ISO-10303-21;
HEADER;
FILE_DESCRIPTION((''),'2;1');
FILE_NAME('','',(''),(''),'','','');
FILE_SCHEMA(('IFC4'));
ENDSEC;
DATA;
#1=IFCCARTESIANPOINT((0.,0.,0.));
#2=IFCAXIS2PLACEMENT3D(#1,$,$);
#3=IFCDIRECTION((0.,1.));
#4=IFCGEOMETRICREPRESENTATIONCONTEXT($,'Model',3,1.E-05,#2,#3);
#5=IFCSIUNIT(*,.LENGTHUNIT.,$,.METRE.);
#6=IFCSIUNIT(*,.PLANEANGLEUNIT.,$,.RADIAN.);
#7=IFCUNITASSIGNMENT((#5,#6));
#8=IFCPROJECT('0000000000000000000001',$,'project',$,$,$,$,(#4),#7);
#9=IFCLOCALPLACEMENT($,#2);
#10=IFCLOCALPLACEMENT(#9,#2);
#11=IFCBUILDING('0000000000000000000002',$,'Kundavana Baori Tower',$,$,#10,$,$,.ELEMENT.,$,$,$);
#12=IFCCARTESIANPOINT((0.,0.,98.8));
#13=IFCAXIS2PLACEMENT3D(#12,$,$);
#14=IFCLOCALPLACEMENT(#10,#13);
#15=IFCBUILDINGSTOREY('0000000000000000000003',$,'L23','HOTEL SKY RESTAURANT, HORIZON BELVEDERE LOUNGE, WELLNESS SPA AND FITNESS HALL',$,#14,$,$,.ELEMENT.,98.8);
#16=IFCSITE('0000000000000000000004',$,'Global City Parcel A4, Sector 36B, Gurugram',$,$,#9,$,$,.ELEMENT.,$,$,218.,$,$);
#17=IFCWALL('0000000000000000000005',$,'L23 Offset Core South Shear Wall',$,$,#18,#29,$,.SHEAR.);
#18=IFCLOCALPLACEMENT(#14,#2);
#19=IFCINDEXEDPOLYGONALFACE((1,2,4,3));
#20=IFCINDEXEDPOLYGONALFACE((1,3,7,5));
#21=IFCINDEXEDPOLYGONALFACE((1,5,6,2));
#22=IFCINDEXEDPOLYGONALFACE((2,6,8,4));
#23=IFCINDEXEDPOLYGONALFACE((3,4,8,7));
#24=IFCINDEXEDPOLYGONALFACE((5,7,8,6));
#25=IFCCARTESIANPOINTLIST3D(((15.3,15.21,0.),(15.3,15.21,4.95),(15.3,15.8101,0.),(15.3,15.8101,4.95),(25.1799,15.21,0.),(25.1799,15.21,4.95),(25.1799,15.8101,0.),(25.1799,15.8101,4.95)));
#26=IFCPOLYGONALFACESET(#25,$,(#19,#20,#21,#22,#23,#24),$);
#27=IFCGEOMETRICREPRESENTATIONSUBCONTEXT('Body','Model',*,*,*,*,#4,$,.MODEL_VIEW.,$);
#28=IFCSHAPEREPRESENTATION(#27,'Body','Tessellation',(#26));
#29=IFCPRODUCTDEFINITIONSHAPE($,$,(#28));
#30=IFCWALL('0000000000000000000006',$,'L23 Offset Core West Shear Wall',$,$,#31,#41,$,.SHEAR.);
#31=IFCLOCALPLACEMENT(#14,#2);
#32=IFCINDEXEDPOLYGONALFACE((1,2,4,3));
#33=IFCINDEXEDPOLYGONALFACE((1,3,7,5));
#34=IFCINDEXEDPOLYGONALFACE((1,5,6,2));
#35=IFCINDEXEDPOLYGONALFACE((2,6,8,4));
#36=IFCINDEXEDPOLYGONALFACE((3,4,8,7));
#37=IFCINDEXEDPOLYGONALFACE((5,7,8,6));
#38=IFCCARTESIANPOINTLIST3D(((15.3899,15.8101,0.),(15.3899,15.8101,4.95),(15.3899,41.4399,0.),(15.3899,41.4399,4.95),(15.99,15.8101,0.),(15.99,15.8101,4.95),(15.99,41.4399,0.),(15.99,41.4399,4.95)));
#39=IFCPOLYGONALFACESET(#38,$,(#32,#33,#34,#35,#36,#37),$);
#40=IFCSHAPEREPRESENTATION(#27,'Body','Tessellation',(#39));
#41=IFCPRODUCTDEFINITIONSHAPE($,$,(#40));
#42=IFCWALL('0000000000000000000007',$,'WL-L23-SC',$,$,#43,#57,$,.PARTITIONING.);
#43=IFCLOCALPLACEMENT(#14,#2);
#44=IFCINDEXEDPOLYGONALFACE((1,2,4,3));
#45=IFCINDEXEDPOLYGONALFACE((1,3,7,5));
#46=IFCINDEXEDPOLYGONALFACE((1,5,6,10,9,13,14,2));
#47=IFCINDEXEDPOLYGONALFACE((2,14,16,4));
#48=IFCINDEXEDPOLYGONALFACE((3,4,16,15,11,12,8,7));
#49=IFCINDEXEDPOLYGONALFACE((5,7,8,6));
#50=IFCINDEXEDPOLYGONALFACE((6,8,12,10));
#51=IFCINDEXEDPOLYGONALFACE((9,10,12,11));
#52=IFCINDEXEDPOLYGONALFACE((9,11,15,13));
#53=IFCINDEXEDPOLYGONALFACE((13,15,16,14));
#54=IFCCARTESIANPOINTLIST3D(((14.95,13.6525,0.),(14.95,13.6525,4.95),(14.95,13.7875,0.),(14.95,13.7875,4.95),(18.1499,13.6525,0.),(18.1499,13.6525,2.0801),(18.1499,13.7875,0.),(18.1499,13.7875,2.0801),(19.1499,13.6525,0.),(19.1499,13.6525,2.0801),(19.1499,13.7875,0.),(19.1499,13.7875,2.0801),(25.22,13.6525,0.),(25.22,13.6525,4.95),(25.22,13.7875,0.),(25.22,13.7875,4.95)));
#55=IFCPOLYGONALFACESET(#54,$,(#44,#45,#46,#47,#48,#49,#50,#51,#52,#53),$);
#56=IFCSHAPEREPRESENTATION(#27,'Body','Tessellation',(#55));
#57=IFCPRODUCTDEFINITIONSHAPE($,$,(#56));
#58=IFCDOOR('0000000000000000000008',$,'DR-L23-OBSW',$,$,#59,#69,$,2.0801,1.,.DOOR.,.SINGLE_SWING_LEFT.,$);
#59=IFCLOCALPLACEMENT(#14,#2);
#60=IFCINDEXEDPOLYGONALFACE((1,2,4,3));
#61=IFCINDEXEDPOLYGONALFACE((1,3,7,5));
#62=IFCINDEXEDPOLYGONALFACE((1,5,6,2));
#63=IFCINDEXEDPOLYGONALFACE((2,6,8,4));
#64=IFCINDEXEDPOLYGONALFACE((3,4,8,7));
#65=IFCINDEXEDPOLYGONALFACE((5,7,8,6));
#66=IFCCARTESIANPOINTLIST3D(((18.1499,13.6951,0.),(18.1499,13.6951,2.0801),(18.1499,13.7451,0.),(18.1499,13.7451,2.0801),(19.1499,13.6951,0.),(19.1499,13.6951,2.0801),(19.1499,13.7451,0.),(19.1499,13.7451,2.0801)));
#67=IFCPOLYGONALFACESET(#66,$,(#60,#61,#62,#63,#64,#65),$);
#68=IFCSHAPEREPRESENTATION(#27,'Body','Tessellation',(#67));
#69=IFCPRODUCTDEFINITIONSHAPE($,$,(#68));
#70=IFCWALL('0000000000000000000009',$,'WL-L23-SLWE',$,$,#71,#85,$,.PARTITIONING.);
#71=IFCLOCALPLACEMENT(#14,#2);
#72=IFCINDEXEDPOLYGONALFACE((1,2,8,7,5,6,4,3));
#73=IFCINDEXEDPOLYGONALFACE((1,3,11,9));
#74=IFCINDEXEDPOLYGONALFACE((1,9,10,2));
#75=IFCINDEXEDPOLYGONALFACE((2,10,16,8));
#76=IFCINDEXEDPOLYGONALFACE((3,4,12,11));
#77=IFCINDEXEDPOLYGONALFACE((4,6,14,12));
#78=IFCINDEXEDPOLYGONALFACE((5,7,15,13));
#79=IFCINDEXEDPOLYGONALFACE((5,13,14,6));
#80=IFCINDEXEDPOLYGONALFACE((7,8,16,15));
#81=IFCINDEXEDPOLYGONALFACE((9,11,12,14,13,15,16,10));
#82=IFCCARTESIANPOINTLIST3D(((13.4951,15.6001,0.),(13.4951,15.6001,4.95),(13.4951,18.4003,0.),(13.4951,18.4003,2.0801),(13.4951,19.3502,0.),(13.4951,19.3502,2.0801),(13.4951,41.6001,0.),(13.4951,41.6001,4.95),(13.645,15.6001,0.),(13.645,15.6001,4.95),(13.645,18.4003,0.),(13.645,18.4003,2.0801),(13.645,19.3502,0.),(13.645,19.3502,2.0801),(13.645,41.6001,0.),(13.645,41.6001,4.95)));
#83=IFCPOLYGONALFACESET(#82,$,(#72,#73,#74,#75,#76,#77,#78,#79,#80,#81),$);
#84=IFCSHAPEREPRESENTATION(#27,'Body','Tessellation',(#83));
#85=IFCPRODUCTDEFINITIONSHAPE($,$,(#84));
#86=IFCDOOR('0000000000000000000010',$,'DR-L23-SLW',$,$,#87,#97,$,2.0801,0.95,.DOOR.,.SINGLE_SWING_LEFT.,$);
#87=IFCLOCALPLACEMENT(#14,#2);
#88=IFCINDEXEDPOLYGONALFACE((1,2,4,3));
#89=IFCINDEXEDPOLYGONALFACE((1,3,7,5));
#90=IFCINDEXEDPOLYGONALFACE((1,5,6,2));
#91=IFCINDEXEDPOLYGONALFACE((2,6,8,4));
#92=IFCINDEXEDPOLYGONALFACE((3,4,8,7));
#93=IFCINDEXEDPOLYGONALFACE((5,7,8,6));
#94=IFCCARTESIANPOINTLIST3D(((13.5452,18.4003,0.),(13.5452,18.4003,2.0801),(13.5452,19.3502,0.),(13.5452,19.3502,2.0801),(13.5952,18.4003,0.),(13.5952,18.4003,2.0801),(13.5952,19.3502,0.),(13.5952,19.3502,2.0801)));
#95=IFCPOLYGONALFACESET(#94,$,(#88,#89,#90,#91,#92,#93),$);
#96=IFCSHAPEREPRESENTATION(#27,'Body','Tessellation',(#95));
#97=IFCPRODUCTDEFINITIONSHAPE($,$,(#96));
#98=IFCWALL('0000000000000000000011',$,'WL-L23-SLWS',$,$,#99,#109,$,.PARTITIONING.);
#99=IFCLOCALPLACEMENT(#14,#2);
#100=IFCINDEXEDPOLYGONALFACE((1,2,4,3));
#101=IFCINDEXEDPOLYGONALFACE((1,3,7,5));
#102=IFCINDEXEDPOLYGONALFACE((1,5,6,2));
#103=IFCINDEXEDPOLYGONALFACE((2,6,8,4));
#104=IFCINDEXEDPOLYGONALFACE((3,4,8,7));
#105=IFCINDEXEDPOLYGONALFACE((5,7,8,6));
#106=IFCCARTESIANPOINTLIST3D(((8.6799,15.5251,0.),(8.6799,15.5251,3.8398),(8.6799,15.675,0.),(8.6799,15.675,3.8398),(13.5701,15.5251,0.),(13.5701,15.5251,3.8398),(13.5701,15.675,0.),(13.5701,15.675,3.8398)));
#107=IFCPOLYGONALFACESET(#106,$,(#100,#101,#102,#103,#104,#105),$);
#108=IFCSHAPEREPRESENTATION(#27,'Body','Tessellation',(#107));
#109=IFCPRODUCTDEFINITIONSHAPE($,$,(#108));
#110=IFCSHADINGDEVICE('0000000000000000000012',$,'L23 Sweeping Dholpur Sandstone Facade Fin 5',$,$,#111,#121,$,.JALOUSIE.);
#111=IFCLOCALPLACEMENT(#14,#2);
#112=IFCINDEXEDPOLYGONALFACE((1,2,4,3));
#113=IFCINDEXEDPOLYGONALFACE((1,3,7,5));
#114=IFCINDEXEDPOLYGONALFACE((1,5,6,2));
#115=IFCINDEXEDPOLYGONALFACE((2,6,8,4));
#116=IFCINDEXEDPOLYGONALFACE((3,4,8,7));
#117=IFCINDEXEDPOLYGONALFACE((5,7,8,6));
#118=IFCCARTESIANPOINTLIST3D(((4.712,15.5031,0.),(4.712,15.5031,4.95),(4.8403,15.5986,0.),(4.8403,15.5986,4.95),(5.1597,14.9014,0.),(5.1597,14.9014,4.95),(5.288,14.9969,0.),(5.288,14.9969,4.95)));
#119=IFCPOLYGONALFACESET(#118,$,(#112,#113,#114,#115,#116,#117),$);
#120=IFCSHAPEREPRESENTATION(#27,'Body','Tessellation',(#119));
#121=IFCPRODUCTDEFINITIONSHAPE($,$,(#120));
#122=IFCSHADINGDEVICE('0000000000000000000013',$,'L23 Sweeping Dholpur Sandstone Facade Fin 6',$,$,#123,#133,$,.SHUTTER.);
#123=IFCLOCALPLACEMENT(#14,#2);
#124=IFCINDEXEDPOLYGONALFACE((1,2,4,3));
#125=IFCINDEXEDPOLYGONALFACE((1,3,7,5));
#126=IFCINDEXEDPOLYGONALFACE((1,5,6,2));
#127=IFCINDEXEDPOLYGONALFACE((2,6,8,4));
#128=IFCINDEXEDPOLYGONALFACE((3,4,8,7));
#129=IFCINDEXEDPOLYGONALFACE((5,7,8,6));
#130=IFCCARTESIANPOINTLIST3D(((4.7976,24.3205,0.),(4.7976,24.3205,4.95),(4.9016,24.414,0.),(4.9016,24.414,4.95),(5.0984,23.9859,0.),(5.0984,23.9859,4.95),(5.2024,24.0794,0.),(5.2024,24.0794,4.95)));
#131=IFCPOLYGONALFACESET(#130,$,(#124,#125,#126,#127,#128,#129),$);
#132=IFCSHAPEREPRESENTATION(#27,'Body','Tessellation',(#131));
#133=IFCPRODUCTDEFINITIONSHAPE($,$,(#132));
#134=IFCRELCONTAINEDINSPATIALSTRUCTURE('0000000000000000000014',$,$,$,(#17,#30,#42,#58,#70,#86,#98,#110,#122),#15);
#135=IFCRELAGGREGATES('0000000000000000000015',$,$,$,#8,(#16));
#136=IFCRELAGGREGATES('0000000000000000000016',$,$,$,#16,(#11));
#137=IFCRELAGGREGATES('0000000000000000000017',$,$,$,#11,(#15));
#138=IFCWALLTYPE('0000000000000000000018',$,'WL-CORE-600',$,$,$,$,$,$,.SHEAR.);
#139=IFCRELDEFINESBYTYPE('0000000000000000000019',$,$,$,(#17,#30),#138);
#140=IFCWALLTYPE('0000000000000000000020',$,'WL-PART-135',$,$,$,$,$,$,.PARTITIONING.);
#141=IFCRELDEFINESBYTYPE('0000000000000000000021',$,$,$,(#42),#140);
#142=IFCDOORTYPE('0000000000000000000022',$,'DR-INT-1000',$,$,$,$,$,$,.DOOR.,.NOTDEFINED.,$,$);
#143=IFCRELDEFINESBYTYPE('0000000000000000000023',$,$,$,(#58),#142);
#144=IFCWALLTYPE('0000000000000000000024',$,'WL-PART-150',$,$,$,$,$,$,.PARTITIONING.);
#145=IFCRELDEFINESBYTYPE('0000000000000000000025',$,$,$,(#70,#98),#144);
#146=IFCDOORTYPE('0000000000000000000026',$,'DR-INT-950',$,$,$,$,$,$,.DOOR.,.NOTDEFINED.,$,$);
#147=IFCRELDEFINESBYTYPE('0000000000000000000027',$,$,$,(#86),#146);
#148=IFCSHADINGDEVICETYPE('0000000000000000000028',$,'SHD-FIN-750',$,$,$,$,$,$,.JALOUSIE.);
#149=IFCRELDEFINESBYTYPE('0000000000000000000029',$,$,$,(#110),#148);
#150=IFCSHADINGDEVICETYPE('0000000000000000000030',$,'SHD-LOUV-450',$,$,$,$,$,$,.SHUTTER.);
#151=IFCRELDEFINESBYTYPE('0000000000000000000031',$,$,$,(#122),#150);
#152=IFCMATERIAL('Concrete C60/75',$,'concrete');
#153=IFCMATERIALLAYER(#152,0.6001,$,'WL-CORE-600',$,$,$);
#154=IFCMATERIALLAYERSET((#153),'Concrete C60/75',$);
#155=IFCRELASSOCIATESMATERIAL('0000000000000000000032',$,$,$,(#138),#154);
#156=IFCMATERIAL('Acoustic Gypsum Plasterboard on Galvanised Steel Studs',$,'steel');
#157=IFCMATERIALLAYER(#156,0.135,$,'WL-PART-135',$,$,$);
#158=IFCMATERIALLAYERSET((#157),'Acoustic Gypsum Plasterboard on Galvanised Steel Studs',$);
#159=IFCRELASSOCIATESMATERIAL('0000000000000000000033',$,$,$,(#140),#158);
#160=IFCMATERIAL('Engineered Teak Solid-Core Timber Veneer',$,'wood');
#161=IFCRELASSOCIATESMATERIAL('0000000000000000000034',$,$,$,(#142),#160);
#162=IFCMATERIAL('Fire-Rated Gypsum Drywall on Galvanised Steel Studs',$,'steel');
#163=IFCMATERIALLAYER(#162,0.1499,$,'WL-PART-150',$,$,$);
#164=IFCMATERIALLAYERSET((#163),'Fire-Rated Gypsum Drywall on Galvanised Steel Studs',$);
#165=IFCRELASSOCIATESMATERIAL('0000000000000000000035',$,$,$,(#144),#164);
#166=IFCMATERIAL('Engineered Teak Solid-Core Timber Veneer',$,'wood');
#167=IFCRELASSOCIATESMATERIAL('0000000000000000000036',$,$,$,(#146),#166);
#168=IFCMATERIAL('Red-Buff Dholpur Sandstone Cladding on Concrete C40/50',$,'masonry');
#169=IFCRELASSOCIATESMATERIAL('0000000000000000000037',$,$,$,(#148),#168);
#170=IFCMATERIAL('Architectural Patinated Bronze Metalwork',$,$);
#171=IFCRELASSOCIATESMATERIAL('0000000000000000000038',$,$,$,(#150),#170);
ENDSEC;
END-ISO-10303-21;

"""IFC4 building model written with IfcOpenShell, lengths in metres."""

from ifc_helpers import new_model, si_unit, direction, frame, frame_2d, origin, origin_2d, place, context, subcontext, project, spatial, rectangle, extrude, material, layer, layer_set, type_object, element, fill, save


model = new_model("IFC4")

# Units and contexts
model_context = context("Model", 3, precision=1e-05, world=origin(), true_north=direction((0.0, 1.0)))
body_context = subcontext(model_context, "Body", "Model", "MODEL_VIEW")
ifc_project = project(units=[si_unit("LENGTHUNIT", "METRE"), si_unit("PLANEANGLEUNIT", "RADIAN")], contexts=[model_context])

# Site, building, storey
site_placement = place(None, origin())
site = spatial("IfcSite", under=ifc_project, at=site_placement, Name="Global City Parcel A4, Sector 36B, Gurugram", CompositionType="ELEMENT", RefElevation=218.0)
building_placement = place(site_placement, origin())
building = spatial("IfcBuilding", under=site, at=building_placement, Name="Kundavana Baori Tower", CompositionType="ELEMENT")
storey_placement = place(building_placement, frame((0.0, 0.0, 98.8)))
storey = spatial("IfcBuildingStorey", under=building, at=storey_placement, Name="L23", Description="HOTEL SKY RESTAURANT, HORIZON BELVEDERE LOUNGE, WELLNESS SPA AND FITNESS HALL", CompositionType="ELEMENT", Elevation=98.8)

# Walls
ifc_material_1 = material(Name="Concrete C60/75", Category="concrete")
ifc_layer_1 = layer(ifc_material_1, 0.6001, Name="WL-CORE-600")
ifc_layer_set_1 = layer_set([ifc_layer_1], Name="Concrete C60/75")
wall_type_1 = type_object("IfcWallType", Name="WL-CORE-600", PredefinedType="SHEAR", material=ifc_layer_set_1)
wall_1_placement = place(storey_placement, frame((15.3, 15.51, 0.0), z_axis=(0.0, 0.0, 1.0), x_axis=(1.0, 0.0, 0.0)))
element("IfcWall", 1, at=wall_1_placement, inside=storey, type_object=wall_type_1, Name="L23 Offset Core South Shear Wall", PredefinedType="SHEAR", context=body_context, shape_type="SweptSolid", body=[
    extrude(rectangle(XDim=9.8799, YDim=0.6001, at=frame_2d((4.9399, 0.0))), origin(), (0.0, 0.0, 1.0), 4.95),
])
wall_2_placement = place(storey_placement, frame((15.6899, 15.8101, 0.0), z_axis=(0.0, 0.0, 1.0), x_axis=(0.0, 1.0, 0.0)))
element("IfcWall", 2, at=wall_2_placement, inside=storey, type_object=wall_type_1, Name="L23 Offset Core West Shear Wall", PredefinedType="SHEAR", context=body_context, shape_type="SweptSolid", body=[
    extrude(rectangle(XDim=25.6299, YDim=0.6001, at=frame_2d((12.8149, 0.0))), origin(), (0.0, 0.0, 1.0), 4.95),
])

# Walls, openings, doors
ifc_material_2 = material(Name="Acoustic Gypsum Plasterboard on Galvanised Steel Studs", Category="steel")
ifc_layer_2 = layer(ifc_material_2, 0.135, Name="WL-PART-135")
ifc_layer_set_2 = layer_set([ifc_layer_2], Name="Acoustic Gypsum Plasterboard on Galvanised Steel Studs")
wall_type_2 = type_object("IfcWallType", Name="WL-PART-135", PredefinedType="PARTITIONING", material=ifc_layer_set_2)
wall_3_placement = place(storey_placement, frame((14.95, 13.72, 0.0), z_axis=(0.0, 0.0, 1.0), x_axis=(1.0, 0.0, 0.0)))
wall_3 = element("IfcWall", 3, at=wall_3_placement, inside=storey, type_object=wall_type_2, Name="WL-L23-SC", PredefinedType="PARTITIONING", context=body_context, shape_type="SweptSolid", body=[
    extrude(rectangle(XDim=10.27, YDim=0.135, at=frame_2d((5.135, 0.0))), origin(), (0.0, 0.0, 1.0), 4.95),
])
opening_1_placement = place(wall_3_placement, frame((3.2, 0.0, 0.0)))
opening_1 = element("IfcOpeningElement", 4, at=opening_1_placement, cuts=wall_3, PredefinedType="OPENING", context=body_context, shape_type="SweptSolid", body=[
    extrude(rectangle(XDim=1.0, YDim=2.0801, at=frame_2d((0.5, 1.04))), frame((0.0, 0.0776, 0.0), z_axis=(0.0, -1.0, 0.0), x_axis=(1.0, 0.0, 0.0)), (0.0, 0.0, 1.0), 0.155),
])
ifc_material_3 = material(Name="Engineered Teak Solid-Core Timber Veneer", Category="wood")
door_type_1 = type_object("IfcDoorType", Name="DR-INT-1000", OperationType="NOTDEFINED", PredefinedType="DOOR", material=ifc_material_3)
door_1_placement = place(opening_1_placement, frame((1.0, 0.0, 0.0), z_axis=(0.0, 0.0, 1.0), x_axis=(-1.0, 0.0, 0.0)))
door_1 = element("IfcDoor", 5, at=door_1_placement, inside=storey, type_object=door_type_1, Name="DR-L23-OBSW", OperationType="SINGLE_SWING_LEFT", OverallHeight=2.0801, OverallWidth=1.0, PredefinedType="DOOR", context=body_context, shape_type="SweptSolid", body=[
    extrude(rectangle(XDim=1.0, YDim=2.0801, at=frame_2d((0.5, 1.04))), frame((0.0, 0.0249, 0.0), z_axis=(0.0, -1.0, 0.0), x_axis=(1.0, 0.0, 0.0)), (0.0, 0.0, 1.0), 0.05),
])
fill(opening_1, door_1)
ifc_material_4 = material(Name="Fire-Rated Gypsum Drywall on Galvanised Steel Studs", Category="steel")
ifc_layer_3 = layer(ifc_material_4, 0.1499, Name="WL-PART-150")
ifc_layer_set_3 = layer_set([ifc_layer_3], Name="Fire-Rated Gypsum Drywall on Galvanised Steel Studs")
wall_type_3 = type_object("IfcWallType", Name="WL-PART-150", PredefinedType="PARTITIONING", material=ifc_layer_set_3)
wall_4_placement = place(storey_placement, frame((13.5701, 15.6001, 0.0), z_axis=(0.0, 0.0, 1.0), x_axis=(0.0, 1.0, 0.0)))
wall_4 = element("IfcWall", 6, at=wall_4_placement, inside=storey, type_object=wall_type_3, Name="WL-L23-SLWE", PredefinedType="PARTITIONING", context=body_context, shape_type="SweptSolid", body=[
    extrude(rectangle(XDim=26.0, YDim=0.1499, at=frame_2d((13.0, 0.0))), origin(), (0.0, 0.0, 1.0), 4.95),
])
opening_2_placement = place(wall_4_placement, frame((2.8, 0.0, 0.0)))
opening_2 = element("IfcOpeningElement", 7, at=opening_2_placement, cuts=wall_4, PredefinedType="OPENING", context=body_context, shape_type="SweptSolid", body=[
    extrude(rectangle(XDim=0.95, YDim=2.0801, at=frame_2d((0.4751, 1.04))), frame((0.0, 0.085, 0.0), z_axis=(0.0, -1.0, 0.0), x_axis=(1.0, 0.0, 0.0)), (0.0, 0.0, 1.0), 0.1699),
])
ifc_material_5 = material(Name="Engineered Teak Solid-Core Timber Veneer", Category="wood")
door_type_2 = type_object("IfcDoorType", Name="DR-INT-950", OperationType="NOTDEFINED", PredefinedType="DOOR", material=ifc_material_5)
door_2_placement = place(opening_2_placement, origin())
door_2 = element("IfcDoor", 8, at=door_2_placement, inside=storey, type_object=door_type_2, Name="DR-L23-SLW", OperationType="SINGLE_SWING_LEFT", OverallHeight=2.0801, OverallWidth=0.95, PredefinedType="DOOR", context=body_context, shape_type="SweptSolid", body=[
    extrude(rectangle(XDim=0.95, YDim=2.0801, at=frame_2d((0.4751, 1.04))), frame((0.0, 0.0249, 0.0), z_axis=(0.0, -1.0, 0.0), x_axis=(1.0, 0.0, 0.0)), (0.0, 0.0, 1.0), 0.05),
])
fill(opening_2, door_2)

# Wall
wall_5_placement = place(storey_placement, frame((8.6799, 15.6001, 0.0), z_axis=(0.0, 0.0, 1.0), x_axis=(1.0, 0.0, 0.0)))
element("IfcWall", 9, at=wall_5_placement, inside=storey, type_object=wall_type_3, Name="WL-L23-SLWS", PredefinedType="PARTITIONING", context=body_context, shape_type="SweptSolid", body=[
    extrude(rectangle(XDim=4.8901, YDim=0.1499, at=frame_2d((2.4451, 0.0))), origin(), (0.0, 0.0, 1.0), 3.8398),
])

# Shading devices
ifc_material_6 = material(Name="Red-Buff Dholpur Sandstone Cladding on Concrete C40/50", Category="masonry")
shading_device_type_1 = type_object("IfcShadingDeviceType", Name="SHD-FIN-750", PredefinedType="JALOUSIE", material=ifc_material_6)
shading_device_1_placement = place(storey_placement, frame((5.0, 15.25, 0.0), z_axis=(0.0, 0.0, 1.0), x_axis=(0.802297, 0.596925, 0.0)))
element("IfcShadingDevice", 10, at=shading_device_1_placement, inside=storey, type_object=shading_device_type_1, Name="L23 Sweeping Dholpur Sandstone Facade Fin 5", PredefinedType="JALOUSIE", context=body_context, shape_type="SweptSolid", body=[
    extrude(rectangle(XDim=0.1599, YDim=0.75, at=origin_2d()), origin(), (0.0, 0.0, 1.0), 4.95),
])
ifc_material_7 = material(Name="Architectural Patinated Bronze Metalwork")
shading_device_type_2 = type_object("IfcShadingDeviceType", Name="SHD-LOUV-450", PredefinedType="SHUTTER", material=ifc_material_7)
shading_device_2_placement = place(storey_placement, frame((5.0, 24.2, 0.0), z_axis=(0.0, 0.0, 1.0), x_axis=(0.743612, 0.668612, 0.0)))
element("IfcShadingDevice", 11, at=shading_device_2_placement, inside=storey, type_object=shading_device_type_2, Name="L23 Sweeping Dholpur Sandstone Facade Fin 6", PredefinedType="SHUTTER", context=body_context, shape_type="SweptSolid", body=[
    extrude(rectangle(XDim=0.1399, YDim=0.45, at=origin_2d()), origin(), (0.0, 0.0, 1.0), 4.95),
])

save(model, "model.ifc")
